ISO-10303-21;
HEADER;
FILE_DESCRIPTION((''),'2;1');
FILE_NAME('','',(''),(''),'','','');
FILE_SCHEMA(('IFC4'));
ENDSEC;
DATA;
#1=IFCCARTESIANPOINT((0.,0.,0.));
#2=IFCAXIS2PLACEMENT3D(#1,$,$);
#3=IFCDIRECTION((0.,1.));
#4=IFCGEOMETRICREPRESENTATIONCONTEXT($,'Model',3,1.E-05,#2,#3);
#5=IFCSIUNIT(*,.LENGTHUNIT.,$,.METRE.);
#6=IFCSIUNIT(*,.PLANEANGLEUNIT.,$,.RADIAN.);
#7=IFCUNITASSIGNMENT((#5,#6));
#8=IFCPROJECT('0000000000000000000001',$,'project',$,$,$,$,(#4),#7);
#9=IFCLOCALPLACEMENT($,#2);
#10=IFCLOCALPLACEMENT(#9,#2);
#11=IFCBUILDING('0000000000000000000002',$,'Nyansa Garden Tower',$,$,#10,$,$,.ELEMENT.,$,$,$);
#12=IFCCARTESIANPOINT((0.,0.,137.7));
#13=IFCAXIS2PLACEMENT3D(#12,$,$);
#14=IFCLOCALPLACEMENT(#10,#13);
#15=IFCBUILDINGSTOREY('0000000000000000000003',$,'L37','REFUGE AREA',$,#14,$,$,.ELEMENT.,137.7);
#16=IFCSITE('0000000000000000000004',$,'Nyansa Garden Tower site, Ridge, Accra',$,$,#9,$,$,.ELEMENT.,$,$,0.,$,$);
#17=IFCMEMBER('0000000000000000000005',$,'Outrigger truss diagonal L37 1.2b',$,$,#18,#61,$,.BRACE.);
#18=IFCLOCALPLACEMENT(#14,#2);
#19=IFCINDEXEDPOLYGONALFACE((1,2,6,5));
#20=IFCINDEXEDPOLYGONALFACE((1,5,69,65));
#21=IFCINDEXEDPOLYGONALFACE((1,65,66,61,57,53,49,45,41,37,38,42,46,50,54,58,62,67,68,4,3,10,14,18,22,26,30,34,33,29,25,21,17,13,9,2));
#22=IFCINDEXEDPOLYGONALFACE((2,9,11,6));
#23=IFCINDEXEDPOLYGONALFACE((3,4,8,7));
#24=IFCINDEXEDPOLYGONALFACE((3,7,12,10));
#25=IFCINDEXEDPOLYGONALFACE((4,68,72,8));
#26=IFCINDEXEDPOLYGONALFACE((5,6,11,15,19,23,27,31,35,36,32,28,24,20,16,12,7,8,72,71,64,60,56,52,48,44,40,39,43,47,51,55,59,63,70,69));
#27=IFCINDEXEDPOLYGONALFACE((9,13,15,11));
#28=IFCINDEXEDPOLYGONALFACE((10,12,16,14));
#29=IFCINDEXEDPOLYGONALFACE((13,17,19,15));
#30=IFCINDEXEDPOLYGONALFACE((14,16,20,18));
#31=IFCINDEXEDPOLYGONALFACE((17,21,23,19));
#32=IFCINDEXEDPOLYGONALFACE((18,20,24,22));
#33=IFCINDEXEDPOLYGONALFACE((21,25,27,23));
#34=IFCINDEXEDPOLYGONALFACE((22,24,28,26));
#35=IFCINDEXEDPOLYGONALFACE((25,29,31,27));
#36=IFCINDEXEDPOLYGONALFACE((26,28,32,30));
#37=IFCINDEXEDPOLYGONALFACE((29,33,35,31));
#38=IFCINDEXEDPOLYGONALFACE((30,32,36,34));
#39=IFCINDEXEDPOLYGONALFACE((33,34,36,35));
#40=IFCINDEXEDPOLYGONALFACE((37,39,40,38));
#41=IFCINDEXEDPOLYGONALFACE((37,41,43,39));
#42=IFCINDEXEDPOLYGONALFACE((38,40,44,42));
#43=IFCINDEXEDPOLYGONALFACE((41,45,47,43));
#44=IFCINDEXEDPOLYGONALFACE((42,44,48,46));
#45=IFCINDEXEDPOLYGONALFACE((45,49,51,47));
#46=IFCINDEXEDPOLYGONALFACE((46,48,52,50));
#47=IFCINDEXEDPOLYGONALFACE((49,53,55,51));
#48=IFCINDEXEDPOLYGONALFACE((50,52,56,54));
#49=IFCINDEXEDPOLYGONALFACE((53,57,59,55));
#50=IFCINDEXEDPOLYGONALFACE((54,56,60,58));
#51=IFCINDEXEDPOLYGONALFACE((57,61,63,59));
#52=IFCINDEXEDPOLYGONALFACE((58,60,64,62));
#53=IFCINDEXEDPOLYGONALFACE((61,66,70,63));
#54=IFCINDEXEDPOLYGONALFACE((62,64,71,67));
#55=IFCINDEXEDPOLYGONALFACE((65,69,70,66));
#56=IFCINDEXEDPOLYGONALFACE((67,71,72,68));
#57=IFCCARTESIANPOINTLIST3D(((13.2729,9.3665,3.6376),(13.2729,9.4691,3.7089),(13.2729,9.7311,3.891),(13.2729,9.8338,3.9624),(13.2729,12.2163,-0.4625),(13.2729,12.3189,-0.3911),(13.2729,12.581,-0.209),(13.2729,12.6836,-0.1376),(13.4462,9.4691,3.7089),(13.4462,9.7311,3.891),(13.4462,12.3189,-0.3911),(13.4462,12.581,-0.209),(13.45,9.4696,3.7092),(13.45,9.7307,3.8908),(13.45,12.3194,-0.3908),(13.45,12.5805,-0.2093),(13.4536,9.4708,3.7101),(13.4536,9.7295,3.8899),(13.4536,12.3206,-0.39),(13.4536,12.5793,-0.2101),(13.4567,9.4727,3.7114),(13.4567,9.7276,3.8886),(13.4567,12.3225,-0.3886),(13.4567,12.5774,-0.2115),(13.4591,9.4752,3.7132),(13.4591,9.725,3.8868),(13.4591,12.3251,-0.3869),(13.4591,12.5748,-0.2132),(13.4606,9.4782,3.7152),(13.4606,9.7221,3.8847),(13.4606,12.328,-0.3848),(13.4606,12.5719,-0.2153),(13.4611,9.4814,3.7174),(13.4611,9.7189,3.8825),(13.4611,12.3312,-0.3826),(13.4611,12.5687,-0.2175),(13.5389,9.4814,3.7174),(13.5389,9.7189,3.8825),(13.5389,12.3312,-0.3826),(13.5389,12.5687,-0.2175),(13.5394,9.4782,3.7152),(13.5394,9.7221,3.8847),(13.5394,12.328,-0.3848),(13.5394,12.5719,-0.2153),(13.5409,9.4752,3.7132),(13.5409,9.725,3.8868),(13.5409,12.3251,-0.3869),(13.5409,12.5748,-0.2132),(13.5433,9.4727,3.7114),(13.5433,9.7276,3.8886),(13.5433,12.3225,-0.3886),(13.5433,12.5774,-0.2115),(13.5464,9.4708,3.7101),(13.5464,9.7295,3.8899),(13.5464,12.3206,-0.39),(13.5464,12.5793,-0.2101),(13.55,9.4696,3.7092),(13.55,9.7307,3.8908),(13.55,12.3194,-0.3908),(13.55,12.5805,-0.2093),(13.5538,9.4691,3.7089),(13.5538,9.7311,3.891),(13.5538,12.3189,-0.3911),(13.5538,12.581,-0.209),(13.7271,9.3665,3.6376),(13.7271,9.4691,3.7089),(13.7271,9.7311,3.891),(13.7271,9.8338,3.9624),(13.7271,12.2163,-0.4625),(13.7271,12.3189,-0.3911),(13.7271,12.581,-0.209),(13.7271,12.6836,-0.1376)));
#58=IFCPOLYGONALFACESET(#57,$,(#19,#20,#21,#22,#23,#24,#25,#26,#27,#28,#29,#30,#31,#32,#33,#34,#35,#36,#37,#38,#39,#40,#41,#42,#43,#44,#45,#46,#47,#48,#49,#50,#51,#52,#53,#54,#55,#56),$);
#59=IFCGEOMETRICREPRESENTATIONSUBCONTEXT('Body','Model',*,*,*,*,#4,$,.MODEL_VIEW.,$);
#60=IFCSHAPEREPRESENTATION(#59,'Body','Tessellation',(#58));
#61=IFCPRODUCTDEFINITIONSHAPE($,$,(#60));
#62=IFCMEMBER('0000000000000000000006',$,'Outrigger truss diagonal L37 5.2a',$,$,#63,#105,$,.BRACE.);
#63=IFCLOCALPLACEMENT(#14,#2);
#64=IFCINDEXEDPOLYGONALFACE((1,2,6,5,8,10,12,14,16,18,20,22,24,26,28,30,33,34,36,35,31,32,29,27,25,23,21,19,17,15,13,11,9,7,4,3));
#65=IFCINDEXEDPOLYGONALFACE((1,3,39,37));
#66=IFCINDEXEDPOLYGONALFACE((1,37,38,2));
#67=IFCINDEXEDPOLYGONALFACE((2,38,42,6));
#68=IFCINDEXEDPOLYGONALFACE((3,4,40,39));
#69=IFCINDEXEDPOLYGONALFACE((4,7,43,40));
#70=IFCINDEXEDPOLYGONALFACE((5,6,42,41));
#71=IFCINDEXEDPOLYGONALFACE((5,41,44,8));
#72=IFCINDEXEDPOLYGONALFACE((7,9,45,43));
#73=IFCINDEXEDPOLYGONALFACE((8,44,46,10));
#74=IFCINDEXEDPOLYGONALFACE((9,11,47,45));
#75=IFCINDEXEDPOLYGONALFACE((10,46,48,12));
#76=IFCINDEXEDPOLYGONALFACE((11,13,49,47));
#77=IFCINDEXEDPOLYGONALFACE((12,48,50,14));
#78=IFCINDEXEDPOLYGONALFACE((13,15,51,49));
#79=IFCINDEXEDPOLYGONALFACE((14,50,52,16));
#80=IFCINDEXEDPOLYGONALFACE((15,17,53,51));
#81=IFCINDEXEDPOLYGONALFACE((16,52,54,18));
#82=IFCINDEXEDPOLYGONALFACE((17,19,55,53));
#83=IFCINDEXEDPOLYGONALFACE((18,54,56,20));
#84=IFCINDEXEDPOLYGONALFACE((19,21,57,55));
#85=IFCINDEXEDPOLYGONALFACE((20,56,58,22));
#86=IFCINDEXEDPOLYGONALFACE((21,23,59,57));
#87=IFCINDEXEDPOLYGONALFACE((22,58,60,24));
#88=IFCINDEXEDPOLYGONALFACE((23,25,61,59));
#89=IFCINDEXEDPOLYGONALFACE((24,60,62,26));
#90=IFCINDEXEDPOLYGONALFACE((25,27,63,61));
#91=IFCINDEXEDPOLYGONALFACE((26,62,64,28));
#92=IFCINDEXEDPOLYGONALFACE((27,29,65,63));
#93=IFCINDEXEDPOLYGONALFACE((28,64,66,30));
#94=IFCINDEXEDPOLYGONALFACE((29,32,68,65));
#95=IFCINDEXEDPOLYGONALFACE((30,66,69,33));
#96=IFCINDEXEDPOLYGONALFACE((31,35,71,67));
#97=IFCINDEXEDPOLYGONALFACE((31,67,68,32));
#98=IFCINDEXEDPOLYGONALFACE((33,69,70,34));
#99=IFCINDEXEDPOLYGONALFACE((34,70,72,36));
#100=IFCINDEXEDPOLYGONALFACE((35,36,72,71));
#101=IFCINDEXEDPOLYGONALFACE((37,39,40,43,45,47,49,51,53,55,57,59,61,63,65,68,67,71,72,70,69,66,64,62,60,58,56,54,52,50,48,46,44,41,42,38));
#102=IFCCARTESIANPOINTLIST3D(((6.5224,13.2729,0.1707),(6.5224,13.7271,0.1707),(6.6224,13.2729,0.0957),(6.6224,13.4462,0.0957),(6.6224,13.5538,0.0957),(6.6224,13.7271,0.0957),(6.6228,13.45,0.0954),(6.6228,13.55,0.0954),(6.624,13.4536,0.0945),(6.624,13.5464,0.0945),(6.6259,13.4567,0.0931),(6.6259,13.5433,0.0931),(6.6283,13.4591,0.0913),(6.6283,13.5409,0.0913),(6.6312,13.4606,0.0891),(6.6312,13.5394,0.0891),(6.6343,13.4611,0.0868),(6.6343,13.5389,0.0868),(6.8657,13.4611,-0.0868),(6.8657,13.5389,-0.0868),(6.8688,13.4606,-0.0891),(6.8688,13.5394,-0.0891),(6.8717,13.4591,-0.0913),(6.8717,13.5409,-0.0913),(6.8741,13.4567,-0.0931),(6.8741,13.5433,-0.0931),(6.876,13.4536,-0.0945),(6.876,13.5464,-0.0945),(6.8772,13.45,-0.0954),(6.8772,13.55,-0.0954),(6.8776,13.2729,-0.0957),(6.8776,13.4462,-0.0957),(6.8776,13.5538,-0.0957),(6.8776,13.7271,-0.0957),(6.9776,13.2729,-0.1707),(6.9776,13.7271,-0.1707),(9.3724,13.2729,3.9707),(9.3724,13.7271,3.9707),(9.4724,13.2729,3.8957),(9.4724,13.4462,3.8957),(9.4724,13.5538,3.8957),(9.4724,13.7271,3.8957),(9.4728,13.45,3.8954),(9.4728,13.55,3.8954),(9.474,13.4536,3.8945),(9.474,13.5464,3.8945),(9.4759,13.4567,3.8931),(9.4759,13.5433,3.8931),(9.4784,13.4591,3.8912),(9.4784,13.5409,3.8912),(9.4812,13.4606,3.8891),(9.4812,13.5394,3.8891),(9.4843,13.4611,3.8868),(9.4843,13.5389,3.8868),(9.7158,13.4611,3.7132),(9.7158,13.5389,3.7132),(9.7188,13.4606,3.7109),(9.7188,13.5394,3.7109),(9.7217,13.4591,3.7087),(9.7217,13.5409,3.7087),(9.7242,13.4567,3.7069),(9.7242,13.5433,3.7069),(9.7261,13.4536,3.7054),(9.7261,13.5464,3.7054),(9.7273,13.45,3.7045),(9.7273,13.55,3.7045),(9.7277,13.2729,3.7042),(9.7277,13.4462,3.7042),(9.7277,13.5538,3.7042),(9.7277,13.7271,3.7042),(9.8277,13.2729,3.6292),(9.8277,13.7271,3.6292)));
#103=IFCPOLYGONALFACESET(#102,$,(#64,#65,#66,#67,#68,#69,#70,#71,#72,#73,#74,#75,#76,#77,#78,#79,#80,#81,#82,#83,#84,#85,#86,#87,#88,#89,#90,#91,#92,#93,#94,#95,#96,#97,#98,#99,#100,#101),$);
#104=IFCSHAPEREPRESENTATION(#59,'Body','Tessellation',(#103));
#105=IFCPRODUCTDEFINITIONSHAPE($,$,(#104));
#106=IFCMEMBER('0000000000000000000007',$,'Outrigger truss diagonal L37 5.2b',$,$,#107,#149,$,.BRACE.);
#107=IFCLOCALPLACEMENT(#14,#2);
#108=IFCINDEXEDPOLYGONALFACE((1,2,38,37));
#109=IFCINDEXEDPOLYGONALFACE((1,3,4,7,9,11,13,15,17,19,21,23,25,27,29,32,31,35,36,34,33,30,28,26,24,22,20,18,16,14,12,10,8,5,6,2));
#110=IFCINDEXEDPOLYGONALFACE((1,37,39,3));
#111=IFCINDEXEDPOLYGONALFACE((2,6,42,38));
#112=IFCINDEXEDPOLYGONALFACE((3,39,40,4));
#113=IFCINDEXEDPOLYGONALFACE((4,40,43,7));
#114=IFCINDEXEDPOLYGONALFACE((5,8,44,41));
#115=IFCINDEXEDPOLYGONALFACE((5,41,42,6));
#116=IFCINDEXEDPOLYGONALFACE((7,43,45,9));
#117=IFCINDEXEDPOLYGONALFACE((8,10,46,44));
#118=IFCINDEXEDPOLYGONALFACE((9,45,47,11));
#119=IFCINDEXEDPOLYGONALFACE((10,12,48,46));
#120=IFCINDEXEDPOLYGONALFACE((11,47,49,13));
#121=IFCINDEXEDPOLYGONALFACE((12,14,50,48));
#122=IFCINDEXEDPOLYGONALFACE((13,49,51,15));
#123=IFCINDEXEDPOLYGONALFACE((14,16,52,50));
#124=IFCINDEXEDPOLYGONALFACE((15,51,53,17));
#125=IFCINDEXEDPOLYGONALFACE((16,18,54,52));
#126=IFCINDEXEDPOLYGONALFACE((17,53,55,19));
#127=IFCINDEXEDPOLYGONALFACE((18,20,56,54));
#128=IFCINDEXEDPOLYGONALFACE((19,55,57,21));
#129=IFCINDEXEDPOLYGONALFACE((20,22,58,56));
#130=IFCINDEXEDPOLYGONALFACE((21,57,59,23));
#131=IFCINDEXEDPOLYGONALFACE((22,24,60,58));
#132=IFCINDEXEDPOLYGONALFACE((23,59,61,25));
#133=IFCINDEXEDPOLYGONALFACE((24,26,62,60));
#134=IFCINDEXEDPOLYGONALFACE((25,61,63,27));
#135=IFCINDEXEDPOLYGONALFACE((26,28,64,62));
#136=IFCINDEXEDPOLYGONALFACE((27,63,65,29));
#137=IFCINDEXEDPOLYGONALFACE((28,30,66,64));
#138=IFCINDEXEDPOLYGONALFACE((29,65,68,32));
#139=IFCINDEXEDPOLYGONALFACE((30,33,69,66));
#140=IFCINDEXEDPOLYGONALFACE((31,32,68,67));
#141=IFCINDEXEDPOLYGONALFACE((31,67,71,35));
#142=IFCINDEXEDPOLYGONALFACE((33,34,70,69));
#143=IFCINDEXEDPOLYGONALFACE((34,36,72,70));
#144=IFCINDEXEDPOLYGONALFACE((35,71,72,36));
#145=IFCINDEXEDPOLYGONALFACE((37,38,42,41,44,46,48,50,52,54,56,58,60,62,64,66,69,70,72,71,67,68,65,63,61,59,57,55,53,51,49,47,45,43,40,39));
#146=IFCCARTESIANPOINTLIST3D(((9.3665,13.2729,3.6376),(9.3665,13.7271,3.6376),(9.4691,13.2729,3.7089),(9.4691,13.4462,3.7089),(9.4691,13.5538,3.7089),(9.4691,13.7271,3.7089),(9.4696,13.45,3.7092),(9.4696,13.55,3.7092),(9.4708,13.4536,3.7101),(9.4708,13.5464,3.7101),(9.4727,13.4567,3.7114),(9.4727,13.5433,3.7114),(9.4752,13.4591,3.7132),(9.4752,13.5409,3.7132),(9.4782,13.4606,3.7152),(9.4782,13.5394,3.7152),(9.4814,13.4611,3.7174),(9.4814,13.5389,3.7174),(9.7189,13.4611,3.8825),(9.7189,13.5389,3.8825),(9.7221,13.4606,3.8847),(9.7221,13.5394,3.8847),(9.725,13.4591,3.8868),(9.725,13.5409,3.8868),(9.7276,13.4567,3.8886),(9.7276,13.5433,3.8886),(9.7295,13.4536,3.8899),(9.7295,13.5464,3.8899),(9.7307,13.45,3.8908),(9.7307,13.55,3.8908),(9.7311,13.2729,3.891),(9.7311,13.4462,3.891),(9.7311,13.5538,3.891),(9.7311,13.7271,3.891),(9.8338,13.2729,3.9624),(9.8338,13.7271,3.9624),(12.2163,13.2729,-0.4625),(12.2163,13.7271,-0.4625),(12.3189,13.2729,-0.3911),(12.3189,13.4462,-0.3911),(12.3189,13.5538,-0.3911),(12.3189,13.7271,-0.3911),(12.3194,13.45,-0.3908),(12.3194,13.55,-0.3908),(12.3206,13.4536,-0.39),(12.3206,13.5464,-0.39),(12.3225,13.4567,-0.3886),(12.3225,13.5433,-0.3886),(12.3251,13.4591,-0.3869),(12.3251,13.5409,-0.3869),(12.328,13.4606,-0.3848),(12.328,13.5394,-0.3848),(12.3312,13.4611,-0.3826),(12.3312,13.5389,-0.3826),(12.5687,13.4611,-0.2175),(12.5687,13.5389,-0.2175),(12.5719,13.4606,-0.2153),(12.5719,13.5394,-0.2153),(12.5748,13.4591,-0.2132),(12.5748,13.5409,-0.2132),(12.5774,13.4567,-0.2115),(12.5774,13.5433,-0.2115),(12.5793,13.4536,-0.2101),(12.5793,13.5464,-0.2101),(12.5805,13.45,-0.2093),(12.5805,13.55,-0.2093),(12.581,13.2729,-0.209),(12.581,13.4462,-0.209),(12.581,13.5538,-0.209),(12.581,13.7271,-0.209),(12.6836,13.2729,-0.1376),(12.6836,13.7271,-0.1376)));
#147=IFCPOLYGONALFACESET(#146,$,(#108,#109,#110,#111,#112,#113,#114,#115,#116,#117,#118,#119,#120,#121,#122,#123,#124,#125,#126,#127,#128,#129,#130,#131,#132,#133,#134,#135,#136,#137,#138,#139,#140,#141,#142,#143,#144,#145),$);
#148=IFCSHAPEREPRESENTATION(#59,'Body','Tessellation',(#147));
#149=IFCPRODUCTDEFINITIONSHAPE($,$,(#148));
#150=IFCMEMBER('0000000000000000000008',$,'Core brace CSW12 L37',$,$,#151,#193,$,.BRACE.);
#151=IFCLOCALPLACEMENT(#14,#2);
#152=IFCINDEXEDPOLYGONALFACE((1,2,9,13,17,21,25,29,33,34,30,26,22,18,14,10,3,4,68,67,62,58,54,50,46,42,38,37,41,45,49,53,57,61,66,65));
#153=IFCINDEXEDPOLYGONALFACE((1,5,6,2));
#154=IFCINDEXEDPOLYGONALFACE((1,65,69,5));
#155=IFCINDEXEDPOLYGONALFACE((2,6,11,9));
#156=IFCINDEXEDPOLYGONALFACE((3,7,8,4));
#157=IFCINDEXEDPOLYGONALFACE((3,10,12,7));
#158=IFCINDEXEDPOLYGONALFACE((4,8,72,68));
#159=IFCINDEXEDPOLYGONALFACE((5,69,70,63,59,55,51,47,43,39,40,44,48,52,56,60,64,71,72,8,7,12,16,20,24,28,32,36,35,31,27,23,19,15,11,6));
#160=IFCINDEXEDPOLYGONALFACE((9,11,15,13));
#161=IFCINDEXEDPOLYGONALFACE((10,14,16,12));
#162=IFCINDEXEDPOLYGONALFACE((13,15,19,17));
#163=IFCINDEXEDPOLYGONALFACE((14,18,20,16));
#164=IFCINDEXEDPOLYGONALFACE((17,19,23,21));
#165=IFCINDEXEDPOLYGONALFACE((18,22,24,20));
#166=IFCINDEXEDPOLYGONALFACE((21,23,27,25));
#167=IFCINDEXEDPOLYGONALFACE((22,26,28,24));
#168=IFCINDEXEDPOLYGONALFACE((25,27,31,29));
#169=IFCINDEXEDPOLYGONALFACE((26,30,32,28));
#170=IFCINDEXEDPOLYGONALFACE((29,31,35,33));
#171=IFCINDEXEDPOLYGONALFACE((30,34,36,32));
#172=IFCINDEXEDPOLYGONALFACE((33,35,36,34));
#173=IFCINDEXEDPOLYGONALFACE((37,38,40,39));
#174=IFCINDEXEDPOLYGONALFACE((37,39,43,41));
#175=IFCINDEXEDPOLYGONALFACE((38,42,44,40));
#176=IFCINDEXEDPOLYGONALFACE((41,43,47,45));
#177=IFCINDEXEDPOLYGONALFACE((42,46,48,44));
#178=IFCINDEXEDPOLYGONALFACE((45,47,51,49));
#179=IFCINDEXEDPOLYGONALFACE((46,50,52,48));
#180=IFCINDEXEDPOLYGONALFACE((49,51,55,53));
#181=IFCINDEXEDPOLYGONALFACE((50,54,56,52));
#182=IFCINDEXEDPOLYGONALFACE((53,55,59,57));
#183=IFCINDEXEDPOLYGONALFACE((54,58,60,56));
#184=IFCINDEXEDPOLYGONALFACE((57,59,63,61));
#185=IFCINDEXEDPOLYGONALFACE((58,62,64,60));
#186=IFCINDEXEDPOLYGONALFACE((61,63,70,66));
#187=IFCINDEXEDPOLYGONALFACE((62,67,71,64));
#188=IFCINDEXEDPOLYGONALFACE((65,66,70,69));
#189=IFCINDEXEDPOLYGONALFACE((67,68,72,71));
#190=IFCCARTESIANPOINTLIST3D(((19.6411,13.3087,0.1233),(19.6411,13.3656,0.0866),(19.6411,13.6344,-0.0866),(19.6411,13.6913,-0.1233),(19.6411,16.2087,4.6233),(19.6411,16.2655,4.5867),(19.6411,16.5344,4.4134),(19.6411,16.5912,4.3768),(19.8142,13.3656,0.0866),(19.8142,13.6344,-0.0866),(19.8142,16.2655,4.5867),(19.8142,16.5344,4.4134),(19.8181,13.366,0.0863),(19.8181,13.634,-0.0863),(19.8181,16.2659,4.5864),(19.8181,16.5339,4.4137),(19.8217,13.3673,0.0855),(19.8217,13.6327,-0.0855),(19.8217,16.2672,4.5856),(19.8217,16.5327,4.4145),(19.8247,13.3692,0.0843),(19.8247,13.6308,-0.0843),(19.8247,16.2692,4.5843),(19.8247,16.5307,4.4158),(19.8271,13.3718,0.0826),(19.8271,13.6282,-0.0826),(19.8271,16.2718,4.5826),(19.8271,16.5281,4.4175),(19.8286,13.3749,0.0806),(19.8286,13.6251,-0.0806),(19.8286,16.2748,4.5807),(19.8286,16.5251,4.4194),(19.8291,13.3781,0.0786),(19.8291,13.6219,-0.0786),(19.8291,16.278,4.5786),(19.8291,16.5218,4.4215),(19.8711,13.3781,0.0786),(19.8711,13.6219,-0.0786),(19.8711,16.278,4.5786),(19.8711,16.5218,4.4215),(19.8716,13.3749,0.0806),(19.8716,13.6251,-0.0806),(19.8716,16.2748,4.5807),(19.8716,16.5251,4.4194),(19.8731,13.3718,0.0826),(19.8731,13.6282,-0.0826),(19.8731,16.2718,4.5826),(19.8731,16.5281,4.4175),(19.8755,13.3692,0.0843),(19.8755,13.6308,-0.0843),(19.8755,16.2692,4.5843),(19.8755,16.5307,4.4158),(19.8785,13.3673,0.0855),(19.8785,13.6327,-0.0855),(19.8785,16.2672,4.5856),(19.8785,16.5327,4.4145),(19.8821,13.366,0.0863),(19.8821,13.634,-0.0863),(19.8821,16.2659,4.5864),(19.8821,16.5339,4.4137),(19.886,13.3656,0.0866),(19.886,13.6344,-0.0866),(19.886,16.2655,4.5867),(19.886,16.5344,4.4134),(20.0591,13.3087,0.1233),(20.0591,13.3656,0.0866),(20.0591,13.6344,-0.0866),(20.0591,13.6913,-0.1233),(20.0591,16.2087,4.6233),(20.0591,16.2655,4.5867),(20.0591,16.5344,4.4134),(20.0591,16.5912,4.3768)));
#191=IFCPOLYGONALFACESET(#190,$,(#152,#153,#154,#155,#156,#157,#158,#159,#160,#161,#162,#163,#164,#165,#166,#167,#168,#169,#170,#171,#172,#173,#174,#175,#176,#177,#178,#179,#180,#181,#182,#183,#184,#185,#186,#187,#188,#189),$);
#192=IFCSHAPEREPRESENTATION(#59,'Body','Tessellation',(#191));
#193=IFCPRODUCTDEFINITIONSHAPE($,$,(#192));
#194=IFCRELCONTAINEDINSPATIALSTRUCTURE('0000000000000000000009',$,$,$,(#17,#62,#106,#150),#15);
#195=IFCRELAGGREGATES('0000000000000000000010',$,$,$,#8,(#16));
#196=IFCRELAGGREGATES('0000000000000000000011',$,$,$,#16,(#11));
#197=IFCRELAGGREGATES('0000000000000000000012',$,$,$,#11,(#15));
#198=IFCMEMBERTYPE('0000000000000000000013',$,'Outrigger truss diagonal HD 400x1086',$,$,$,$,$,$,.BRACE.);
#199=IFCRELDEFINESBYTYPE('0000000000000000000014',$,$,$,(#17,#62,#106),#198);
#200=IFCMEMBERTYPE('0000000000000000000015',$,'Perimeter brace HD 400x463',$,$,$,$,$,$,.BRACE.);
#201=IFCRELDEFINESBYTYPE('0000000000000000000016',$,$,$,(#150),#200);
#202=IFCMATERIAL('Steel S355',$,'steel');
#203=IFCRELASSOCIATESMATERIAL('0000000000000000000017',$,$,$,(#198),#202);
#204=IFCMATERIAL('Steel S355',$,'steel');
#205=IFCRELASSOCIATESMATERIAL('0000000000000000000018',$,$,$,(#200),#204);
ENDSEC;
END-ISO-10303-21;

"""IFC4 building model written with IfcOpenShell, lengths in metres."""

from ifc_helpers import new_model, si_unit, direction, frame, origin, origin_2d, place, context, subcontext, project, spatial, i_section, extrude, material, material_profile, profile_set, type_object, element, save


model = new_model("IFC4")

# Units and contexts
model_context = context("Model", 3, precision=1e-05, world=origin(), true_north=direction((0.0, 1.0)))
body_context = subcontext(model_context, "Body", "Model", "MODEL_VIEW")
ifc_project = project(units=[si_unit("LENGTHUNIT", "METRE"), si_unit("PLANEANGLEUNIT", "RADIAN")], contexts=[model_context])

# Site, building, storey
site_placement = place(None, origin())
site = spatial("IfcSite", under=ifc_project, at=site_placement, Name="Nyansa Garden Tower site, Ridge, Accra", CompositionType="ELEMENT", RefElevation=0.0)
building_placement = place(site_placement, origin())
building = spatial("IfcBuilding", under=site, at=building_placement, Name="Nyansa Garden Tower", CompositionType="ELEMENT")
storey_placement = place(building_placement, frame((0.0, 0.0, 137.7)))
storey = spatial("IfcBuildingStorey", under=building, at=storey_placement, Name="L37", Description="REFUGE AREA", CompositionType="ELEMENT", Elevation=137.7)

# Members
ifc_material_1 = material(Name="Steel S355", Category="steel")
ifc_material_profile_1 = material_profile(ifc_material_1, i_section(OverallWidth=0.4541, OverallDepth=0.5691, WebThickness=0.0779, FlangeThickness=0.125, FilletRadius=0.0149, at=origin_2d()), Name="HD 400x1086")
ifc_profile_set_1 = profile_set([ifc_material_profile_1], Name="Steel S355")
member_type_1 = type_object("IfcMemberType", Name="Outrigger truss diagonal HD 400x1086", PredefinedType="BRACE", material=ifc_profile_set_1)
member_1_placement = place(storey_placement, frame((13.5, 12.45, -0.3), z_axis=(0.0, -0.570742, 0.821129), x_axis=(1.0, 0.0, 0.0)))
element("IfcMember", 1, at=member_1_placement, inside=storey, type_object=member_type_1, Name="Outrigger truss diagonal L37 1.2b", PredefinedType="BRACE", context=body_context, shape_type="SweptSolid", body=[
    extrude(i_section(OverallWidth=0.4541, OverallDepth=0.5691, WebThickness=0.0779, FlangeThickness=0.125, FilletRadius=0.0149, at=origin_2d()), origin(), (0.0, 0.0, 1.0), 4.9932),
])
member_2_placement = place(storey_placement, frame((6.75, 13.5, 0.0), z_axis=(0.600008, 0.0, 0.799994), x_axis=(0.0, 1.0, 0.0)))
element("IfcMember", 2, at=member_2_placement, inside=storey, type_object=member_type_1, Name="Outrigger truss diagonal L37 5.2a", PredefinedType="BRACE", context=body_context, shape_type="SweptSolid", body=[
    extrude(i_section(OverallWidth=0.4541, OverallDepth=0.5691, WebThickness=0.0779, FlangeThickness=0.125, FilletRadius=0.0149, at=origin_2d()), origin(), (0.0, 0.0, 1.0), 4.75),
])
member_3_placement = place(storey_placement, frame((12.45, 13.5, -0.3), z_axis=(-0.570742, 0.0, 0.821129), x_axis=(0.0, -1.0, 0.0)))
element("IfcMember", 3, at=member_3_placement, inside=storey, type_object=member_type_1, Name="Outrigger truss diagonal L37 5.2b", PredefinedType="BRACE", context=body_context, shape_type="SweptSolid", body=[
    extrude(i_section(OverallWidth=0.4541, OverallDepth=0.5691, WebThickness=0.0779, FlangeThickness=0.125, FilletRadius=0.0149, at=origin_2d()), origin(), (0.0, 0.0, 1.0), 4.9932),
])
ifc_material_2 = material(Name="Steel S355", Category="steel")
ifc_material_profile_2 = material_profile(ifc_material_2, i_section(OverallWidth=0.418, OverallDepth=0.4551, WebThickness=0.042, FlangeThickness=0.0676, FilletRadius=0.0149, at=origin_2d()), Name="HD 400x463")
ifc_profile_set_2 = profile_set([ifc_material_profile_2], Name="Steel S355")
member_type_2 = type_object("IfcMemberType", Name="Perimeter brace HD 400x463", PredefinedType="BRACE", material=ifc_profile_set_2)
member_4_placement = place(storey_placement, frame((19.8501, 13.5, 0.0), z_axis=(0.0, 0.541688, 0.840579), x_axis=(-1.0, 0.0, 0.0)))
element("IfcMember", 4, at=member_4_placement, inside=storey, type_object=member_type_2, Name="Core brace CSW12 L37", PredefinedType="BRACE", context=body_context, shape_type="SweptSolid", body=[
    extrude(i_section(OverallWidth=0.418, OverallDepth=0.4551, WebThickness=0.042, FlangeThickness=0.0676, FilletRadius=0.0149, at=origin_2d()), origin(), (0.0, 0.0, 1.0), 5.3535),
])

save(model, "model.ifc")
